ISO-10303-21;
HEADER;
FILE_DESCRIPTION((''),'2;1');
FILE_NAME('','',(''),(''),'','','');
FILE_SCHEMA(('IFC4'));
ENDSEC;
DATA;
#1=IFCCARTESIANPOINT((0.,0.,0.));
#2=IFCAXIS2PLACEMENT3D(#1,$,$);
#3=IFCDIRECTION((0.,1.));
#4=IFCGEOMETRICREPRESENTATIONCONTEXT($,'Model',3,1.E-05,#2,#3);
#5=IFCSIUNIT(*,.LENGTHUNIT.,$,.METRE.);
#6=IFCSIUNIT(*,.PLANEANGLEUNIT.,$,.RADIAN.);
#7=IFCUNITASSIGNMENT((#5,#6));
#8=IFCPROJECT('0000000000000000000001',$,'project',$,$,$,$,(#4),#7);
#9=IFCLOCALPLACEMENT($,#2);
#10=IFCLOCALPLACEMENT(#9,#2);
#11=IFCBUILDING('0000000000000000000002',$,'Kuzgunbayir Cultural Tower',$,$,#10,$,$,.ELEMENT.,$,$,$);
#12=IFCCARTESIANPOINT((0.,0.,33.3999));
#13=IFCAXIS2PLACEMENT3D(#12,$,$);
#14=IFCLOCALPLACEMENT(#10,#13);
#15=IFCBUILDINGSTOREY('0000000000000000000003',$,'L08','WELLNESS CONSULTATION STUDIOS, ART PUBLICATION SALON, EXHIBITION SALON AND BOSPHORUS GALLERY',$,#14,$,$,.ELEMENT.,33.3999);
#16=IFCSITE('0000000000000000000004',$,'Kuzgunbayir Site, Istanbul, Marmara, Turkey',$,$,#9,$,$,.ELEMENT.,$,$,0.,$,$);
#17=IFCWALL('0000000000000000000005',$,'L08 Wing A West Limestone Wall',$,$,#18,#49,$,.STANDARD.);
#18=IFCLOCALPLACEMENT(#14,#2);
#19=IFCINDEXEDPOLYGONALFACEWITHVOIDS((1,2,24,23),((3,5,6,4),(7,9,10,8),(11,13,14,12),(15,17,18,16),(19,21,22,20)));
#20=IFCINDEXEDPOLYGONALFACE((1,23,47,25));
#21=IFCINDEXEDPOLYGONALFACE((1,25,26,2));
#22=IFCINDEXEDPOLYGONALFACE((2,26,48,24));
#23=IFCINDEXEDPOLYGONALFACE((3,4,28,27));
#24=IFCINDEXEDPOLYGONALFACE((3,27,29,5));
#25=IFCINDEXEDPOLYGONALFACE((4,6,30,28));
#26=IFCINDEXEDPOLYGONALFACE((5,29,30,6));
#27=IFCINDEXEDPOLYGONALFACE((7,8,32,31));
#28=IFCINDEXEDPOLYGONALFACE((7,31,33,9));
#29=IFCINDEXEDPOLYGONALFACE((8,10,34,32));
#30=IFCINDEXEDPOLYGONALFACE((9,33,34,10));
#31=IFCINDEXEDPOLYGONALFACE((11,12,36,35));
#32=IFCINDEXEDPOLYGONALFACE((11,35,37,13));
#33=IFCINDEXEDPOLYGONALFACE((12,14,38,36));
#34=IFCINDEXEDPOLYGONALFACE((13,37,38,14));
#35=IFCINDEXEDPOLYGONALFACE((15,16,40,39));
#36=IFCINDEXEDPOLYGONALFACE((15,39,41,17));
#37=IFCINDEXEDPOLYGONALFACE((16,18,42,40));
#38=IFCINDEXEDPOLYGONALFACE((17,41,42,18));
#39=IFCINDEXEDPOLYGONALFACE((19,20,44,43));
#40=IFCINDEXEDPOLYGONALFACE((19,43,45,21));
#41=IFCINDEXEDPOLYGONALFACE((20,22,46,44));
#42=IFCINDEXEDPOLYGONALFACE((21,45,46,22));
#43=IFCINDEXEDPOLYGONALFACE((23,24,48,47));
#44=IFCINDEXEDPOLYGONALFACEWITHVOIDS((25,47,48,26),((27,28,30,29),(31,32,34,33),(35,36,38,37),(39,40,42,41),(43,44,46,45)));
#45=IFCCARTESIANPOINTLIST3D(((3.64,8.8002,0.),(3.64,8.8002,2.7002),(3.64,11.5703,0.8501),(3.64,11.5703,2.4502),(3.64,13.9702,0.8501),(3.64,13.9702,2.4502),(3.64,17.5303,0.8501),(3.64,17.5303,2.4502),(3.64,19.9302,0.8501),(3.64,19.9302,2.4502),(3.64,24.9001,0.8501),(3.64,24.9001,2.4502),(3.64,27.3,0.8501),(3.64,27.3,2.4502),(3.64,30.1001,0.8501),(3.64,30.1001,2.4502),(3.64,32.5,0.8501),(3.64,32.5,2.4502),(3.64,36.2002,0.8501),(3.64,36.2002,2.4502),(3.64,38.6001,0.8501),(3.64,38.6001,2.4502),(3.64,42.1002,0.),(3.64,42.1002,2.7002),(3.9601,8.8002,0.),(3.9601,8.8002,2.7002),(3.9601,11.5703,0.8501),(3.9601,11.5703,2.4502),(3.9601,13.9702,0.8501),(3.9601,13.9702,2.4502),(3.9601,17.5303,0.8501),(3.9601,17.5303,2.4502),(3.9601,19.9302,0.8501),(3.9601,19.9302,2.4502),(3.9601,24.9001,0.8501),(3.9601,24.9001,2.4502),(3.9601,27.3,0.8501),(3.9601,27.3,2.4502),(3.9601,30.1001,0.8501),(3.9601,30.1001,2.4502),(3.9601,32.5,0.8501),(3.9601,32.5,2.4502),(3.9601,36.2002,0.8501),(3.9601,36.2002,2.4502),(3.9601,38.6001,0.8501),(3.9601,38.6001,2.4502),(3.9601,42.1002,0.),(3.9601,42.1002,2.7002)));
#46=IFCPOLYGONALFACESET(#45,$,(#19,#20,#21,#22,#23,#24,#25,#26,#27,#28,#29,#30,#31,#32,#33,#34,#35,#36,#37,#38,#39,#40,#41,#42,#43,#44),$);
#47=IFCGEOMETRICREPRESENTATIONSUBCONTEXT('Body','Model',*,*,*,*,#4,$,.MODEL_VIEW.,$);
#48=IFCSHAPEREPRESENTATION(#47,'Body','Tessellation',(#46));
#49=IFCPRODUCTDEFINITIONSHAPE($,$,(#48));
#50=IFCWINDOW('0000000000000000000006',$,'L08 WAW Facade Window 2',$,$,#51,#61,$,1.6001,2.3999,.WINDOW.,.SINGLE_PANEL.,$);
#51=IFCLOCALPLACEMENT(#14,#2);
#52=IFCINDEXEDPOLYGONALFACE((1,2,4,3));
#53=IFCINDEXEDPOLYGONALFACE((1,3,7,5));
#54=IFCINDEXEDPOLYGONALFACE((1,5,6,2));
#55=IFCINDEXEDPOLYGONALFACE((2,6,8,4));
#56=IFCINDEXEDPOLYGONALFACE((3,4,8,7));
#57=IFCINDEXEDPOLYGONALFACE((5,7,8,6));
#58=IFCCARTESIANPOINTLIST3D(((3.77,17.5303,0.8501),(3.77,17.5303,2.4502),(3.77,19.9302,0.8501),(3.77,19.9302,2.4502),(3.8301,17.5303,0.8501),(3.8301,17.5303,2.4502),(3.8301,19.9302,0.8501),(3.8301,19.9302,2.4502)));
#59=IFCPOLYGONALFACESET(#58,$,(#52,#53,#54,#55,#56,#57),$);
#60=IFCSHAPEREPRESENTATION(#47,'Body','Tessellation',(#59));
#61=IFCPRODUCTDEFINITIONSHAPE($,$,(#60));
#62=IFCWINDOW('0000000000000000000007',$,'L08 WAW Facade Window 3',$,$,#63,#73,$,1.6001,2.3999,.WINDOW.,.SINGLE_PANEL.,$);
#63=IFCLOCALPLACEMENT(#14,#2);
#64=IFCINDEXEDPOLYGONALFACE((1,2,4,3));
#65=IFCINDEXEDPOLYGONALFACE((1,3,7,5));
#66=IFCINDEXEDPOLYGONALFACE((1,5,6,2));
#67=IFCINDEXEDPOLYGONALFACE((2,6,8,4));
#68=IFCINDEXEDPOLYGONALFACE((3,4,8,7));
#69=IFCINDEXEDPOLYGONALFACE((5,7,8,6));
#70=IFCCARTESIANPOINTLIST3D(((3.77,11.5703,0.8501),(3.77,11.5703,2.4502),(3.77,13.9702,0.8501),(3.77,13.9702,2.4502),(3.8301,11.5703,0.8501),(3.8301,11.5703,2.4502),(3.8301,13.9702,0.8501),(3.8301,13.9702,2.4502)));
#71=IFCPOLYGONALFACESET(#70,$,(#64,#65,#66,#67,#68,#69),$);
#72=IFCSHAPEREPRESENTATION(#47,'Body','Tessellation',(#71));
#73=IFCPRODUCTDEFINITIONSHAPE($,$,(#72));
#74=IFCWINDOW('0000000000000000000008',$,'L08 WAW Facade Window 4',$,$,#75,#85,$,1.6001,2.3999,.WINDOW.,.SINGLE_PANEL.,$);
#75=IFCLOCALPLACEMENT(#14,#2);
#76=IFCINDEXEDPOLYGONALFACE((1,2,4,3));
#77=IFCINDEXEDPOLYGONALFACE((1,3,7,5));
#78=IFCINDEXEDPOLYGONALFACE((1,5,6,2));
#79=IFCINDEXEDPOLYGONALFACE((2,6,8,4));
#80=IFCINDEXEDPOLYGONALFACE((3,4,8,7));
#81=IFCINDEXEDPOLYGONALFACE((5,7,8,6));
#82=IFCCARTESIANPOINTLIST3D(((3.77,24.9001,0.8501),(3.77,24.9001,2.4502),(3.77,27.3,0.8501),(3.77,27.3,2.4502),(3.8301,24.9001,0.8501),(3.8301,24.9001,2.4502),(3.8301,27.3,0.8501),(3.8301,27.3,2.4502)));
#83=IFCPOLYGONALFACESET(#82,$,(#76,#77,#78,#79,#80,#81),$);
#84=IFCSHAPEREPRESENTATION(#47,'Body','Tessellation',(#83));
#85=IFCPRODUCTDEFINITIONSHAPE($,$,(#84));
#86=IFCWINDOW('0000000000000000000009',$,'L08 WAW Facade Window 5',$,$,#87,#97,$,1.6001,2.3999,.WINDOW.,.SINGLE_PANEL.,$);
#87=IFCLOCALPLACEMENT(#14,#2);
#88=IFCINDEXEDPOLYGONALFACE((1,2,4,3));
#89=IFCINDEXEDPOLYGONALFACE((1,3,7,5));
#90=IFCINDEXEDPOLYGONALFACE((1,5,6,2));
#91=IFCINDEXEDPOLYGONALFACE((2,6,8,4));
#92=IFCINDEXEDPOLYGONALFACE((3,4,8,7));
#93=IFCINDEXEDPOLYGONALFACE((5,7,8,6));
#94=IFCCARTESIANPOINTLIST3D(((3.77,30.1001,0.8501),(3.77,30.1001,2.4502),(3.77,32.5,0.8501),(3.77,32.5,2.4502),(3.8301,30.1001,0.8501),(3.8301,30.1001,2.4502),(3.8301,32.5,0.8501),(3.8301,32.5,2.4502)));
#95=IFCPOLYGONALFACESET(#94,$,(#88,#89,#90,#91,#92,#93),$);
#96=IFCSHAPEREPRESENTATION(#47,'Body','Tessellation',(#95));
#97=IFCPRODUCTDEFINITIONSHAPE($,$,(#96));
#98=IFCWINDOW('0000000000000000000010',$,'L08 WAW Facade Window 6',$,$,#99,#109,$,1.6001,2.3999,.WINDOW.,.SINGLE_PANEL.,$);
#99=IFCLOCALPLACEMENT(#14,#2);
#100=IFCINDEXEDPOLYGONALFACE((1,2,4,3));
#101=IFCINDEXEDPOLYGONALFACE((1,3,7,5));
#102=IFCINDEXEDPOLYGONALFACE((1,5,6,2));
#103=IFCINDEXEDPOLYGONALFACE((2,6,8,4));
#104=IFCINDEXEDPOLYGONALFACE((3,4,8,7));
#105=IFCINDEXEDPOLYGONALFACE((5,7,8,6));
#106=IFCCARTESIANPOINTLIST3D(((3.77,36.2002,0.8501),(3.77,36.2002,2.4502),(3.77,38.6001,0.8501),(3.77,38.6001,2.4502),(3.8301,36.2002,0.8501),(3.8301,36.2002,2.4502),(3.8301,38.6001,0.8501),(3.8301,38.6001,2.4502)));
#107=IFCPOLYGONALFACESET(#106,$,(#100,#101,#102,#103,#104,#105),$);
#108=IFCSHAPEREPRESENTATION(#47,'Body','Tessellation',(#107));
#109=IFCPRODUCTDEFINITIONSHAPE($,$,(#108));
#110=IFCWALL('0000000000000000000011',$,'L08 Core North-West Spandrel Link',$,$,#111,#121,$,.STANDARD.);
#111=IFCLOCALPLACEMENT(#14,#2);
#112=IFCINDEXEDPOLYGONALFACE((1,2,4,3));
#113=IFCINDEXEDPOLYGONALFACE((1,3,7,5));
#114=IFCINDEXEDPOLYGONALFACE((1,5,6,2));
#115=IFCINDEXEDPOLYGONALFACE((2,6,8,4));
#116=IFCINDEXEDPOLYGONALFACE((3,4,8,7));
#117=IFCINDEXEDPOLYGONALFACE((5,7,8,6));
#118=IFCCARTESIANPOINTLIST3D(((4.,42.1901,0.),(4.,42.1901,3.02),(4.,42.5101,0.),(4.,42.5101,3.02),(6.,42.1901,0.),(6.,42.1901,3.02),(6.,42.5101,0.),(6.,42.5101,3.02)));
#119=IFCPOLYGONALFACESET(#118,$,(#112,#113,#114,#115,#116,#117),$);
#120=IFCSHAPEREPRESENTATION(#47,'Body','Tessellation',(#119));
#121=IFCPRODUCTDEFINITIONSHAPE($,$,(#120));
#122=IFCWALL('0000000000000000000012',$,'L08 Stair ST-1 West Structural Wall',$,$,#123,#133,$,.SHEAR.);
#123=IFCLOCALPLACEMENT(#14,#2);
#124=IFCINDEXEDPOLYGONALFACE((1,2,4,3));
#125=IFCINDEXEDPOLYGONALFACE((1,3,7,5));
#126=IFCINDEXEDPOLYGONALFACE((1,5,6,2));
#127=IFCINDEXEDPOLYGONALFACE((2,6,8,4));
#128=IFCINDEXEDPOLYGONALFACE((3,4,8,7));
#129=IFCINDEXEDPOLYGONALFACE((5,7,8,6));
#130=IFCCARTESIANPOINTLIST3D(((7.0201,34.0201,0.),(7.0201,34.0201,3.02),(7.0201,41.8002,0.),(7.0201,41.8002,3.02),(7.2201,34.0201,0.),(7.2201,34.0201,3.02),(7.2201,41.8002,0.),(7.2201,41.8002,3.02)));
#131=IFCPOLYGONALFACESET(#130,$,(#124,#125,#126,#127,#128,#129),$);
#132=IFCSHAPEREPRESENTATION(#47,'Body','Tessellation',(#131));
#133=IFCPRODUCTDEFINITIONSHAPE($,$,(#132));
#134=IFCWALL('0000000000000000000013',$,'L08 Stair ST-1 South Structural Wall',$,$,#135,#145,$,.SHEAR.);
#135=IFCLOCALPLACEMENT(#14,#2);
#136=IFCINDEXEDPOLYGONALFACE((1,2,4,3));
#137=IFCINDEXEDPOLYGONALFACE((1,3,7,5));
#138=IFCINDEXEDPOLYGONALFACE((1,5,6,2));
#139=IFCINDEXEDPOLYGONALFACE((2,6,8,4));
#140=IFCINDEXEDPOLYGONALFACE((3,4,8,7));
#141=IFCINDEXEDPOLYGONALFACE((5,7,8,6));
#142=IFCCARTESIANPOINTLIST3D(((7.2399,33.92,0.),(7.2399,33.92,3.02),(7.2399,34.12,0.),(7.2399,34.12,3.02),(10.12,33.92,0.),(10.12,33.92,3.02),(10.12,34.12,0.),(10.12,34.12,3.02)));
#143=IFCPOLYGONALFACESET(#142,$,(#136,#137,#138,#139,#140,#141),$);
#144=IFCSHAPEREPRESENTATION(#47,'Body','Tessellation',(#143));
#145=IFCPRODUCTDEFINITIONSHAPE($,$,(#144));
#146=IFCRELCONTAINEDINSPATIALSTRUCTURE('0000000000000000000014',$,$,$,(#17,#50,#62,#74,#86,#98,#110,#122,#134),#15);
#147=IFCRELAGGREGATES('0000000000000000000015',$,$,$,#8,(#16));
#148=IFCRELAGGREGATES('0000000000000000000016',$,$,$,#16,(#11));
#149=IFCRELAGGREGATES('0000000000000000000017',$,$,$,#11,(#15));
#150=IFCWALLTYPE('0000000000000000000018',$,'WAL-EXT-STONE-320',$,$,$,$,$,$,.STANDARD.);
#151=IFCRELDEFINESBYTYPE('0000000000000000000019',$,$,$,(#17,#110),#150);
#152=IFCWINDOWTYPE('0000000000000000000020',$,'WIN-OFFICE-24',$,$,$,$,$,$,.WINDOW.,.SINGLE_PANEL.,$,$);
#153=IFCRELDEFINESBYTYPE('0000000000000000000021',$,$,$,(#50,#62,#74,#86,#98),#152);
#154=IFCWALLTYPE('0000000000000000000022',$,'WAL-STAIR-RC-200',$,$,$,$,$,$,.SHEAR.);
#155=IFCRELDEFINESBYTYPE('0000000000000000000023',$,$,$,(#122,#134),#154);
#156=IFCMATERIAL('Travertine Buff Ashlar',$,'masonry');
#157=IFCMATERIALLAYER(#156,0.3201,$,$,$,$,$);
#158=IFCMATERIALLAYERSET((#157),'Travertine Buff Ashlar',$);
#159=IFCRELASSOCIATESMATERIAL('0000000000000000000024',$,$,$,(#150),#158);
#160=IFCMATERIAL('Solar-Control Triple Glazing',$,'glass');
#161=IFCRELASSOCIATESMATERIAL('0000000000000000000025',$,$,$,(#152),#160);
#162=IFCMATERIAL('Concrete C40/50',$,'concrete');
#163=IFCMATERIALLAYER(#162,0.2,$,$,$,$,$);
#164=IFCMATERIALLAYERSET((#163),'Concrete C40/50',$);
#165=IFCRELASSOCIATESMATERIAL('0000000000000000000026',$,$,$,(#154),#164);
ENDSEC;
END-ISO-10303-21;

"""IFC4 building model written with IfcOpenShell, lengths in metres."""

from ifc_helpers import new_model, si_unit, direction, frame, frame_2d, origin, place, context, subcontext, project, spatial, rectangle, extrude, material, layer, layer_set, type_object, element, fill, save


model = new_model("IFC4")

# Units and contexts
model_context = context("Model", 3, precision=1e-05, world=origin(), true_north=direction((0.0, 1.0)))
body_context = subcontext(model_context, "Body", "Model", "MODEL_VIEW")
ifc_project = project(units=[si_unit("LENGTHUNIT", "METRE"), si_unit("PLANEANGLEUNIT", "RADIAN")], contexts=[model_context])

# Site, building, storey
site_placement = place(None, origin())
site = spatial("IfcSite", under=ifc_project, at=site_placement, Name="Kuzgunbayir Site, Istanbul, Marmara, Turkey", CompositionType="ELEMENT", RefElevation=0.0)
building_placement = place(site_placement, origin())
building = spatial("IfcBuilding", under=site, at=building_placement, Name="Kuzgunbayir Cultural Tower", CompositionType="ELEMENT")
storey_placement = place(building_placement, frame((0.0, 0.0, 33.3999)))
storey = spatial("IfcBuildingStorey", under=building, at=storey_placement, Name="L08", Description="WELLNESS CONSULTATION STUDIOS, ART PUBLICATION SALON, EXHIBITION SALON AND BOSPHORUS GALLERY", CompositionType="ELEMENT", Elevation=33.3999)

# Wall, openings, windows
ifc_material_1 = material(Name="Travertine Buff Ashlar", Category="masonry")
ifc_layer_1 = layer(ifc_material_1, 0.3201)
ifc_layer_set_1 = layer_set([ifc_layer_1], Name="Travertine Buff Ashlar")
wall_type_1 = type_object("IfcWallType", Name="WAL-EXT-STONE-320", PredefinedType="STANDARD", material=ifc_layer_set_1)
wall_1_placement = place(storey_placement, frame((3.8, 42.1001, 0.0), z_axis=(0.0, 0.0, 1.0), x_axis=(0.0, -1.0, 0.0)))
wall_1 = element("IfcWall", 1, at=wall_1_placement, inside=storey, type_object=wall_type_1, Name="L08 Wing A West Limestone Wall", PredefinedType="STANDARD", context=body_context, shape_type="SweptSolid", body=[
    extrude(rectangle(XDim=33.3, YDim=0.3201, at=frame_2d((16.6499, 0.0))), origin(), (0.0, 0.0, 1.0), 2.7002),
])
opening_1_placement = place(wall_1_placement, frame((22.1699, 0.0, 0.8501)))
opening_1 = element("IfcOpeningElement", 2, at=opening_1_placement, cuts=wall_1, PredefinedType="OPENING", context=body_context, shape_type="SweptSolid", body=[
    extrude(rectangle(XDim=2.3999, YDim=1.6001, at=frame_2d((1.2, 0.8))), frame((0.0, 0.1699, 0.0), z_axis=(0.0, -1.0, 0.0), x_axis=(1.0, 0.0, 0.0)), (0.0, 0.0, 1.0), 0.3401),
])
opening_2_placement = place(wall_1_placement, frame((28.1299, 0.0, 0.8501)))
opening_2 = element("IfcOpeningElement", 3, at=opening_2_placement, cuts=wall_1, PredefinedType="OPENING", context=body_context, shape_type="SweptSolid", body=[
    extrude(rectangle(XDim=2.3999, YDim=1.6001, at=frame_2d((1.2, 0.8))), frame((0.0, 0.1699, 0.0), z_axis=(0.0, -1.0, 0.0), x_axis=(1.0, 0.0, 0.0)), (0.0, 0.0, 1.0), 0.3401),
])
opening_3_placement = place(wall_1_placement, frame((14.8, 0.0, 0.8501)))
opening_3 = element("IfcOpeningElement", 4, at=opening_3_placement, cuts=wall_1, PredefinedType="OPENING", context=body_context, shape_type="SweptSolid", body=[
    extrude(rectangle(XDim=2.3999, YDim=1.6001, at=frame_2d((1.2, 0.8))), frame((0.0, 0.1699, 0.0), z_axis=(0.0, -1.0, 0.0), x_axis=(1.0, 0.0, 0.0)), (0.0, 0.0, 1.0), 0.3401),
])
opening_4_placement = place(wall_1_placement, frame((9.6001, 0.0, 0.8501)))
opening_4 = element("IfcOpeningElement", 5, at=opening_4_placement, cuts=wall_1, PredefinedType="OPENING", context=body_context, shape_type="SweptSolid", body=[
    extrude(rectangle(XDim=2.3999, YDim=1.6001, at=frame_2d((1.2, 0.8))), frame((0.0, 0.1699, 0.0), z_axis=(0.0, -1.0, 0.0), x_axis=(1.0, 0.0, 0.0)), (0.0, 0.0, 1.0), 0.3401),
])
opening_5_placement = place(wall_1_placement, frame((3.5, 0.0, 0.8501)))
opening_5 = element("IfcOpeningElement", 6, at=opening_5_placement, cuts=wall_1, PredefinedType="OPENING", context=body_context, shape_type="SweptSolid", body=[
    extrude(rectangle(XDim=2.3999, YDim=1.6001, at=frame_2d((1.2, 0.8))), frame((0.0, 0.1699, 0.0), z_axis=(0.0, -1.0, 0.0), x_axis=(1.0, 0.0, 0.0)), (0.0, 0.0, 1.0), 0.3401),
])
ifc_material_2 = material(Name="Solar-Control Triple Glazing", Category="glass")
window_type = type_object("IfcWindowType", Name="WIN-OFFICE-24", PartitioningType="SINGLE_PANEL", PredefinedType="WINDOW", material=ifc_material_2)
window_1_placement = place(opening_1_placement, origin())
window_1 = element("IfcWindow", 7, at=window_1_placement, inside=storey, type_object=window_type, Name="L08 WAW Facade Window 2", OverallHeight=1.6001, OverallWidth=2.3999, PartitioningType="SINGLE_PANEL", PredefinedType="WINDOW", context=body_context, shape_type="SweptSolid", body=[
    extrude(rectangle(XDim=2.3999, YDim=1.6001, at=frame_2d((1.2, 0.8))), frame((0.0, 0.03, 0.0), z_axis=(0.0, -1.0, 0.0), x_axis=(1.0, 0.0, 0.0)), (0.0, 0.0, 1.0), 0.0601),
])
fill(opening_1, window_1)
window_2_placement = place(opening_2_placement, origin())
window_2 = element("IfcWindow", 8, at=window_2_placement, inside=storey, type_object=window_type, Name="L08 WAW Facade Window 3", OverallHeight=1.6001, OverallWidth=2.3999, PartitioningType="SINGLE_PANEL", PredefinedType="WINDOW", context=body_context, shape_type="SweptSolid", body=[
    extrude(rectangle(XDim=2.3999, YDim=1.6001, at=frame_2d((1.2, 0.8))), frame((0.0, 0.03, 0.0), z_axis=(0.0, -1.0, 0.0), x_axis=(1.0, 0.0, 0.0)), (0.0, 0.0, 1.0), 0.0601),
])
fill(opening_2, window_2)
window_3_placement = place(opening_3_placement, origin())
window_3 = element("IfcWindow", 9, at=window_3_placement, inside=storey, type_object=window_type, Name="L08 WAW Facade Window 4", OverallHeight=1.6001, OverallWidth=2.3999, PartitioningType="SINGLE_PANEL", PredefinedType="WINDOW", context=body_context, shape_type="SweptSolid", body=[
    extrude(rectangle(XDim=2.3999, YDim=1.6001, at=frame_2d((1.2, 0.8))), frame((0.0, 0.03, 0.0), z_axis=(0.0, -1.0, 0.0), x_axis=(1.0, 0.0, 0.0)), (0.0, 0.0, 1.0), 0.0601),
])
fill(opening_3, window_3)
window_4_placement = place(opening_4_placement, origin())
window_4 = element("IfcWindow", 10, at=window_4_placement, inside=storey, type_object=window_type, Name="L08 WAW Facade Window 5", OverallHeight=1.6001, OverallWidth=2.3999, PartitioningType="SINGLE_PANEL", PredefinedType="WINDOW", context=body_context, shape_type="SweptSolid", body=[
    extrude(rectangle(XDim=2.3999, YDim=1.6001, at=frame_2d((1.2, 0.8))), frame((0.0, 0.03, 0.0), z_axis=(0.0, -1.0, 0.0), x_axis=(1.0, 0.0, 0.0)), (0.0, 0.0, 1.0), 0.0601),
])
fill(opening_4, window_4)
window_5_placement = place(opening_5_placement, origin())
window_5 = element("IfcWindow", 11, at=window_5_placement, inside=storey, type_object=window_type, Name="L08 WAW Facade Window 6", OverallHeight=1.6001, OverallWidth=2.3999, PartitioningType="SINGLE_PANEL", PredefinedType="WINDOW", context=body_context, shape_type="SweptSolid", body=[
    extrude(rectangle(XDim=2.3999, YDim=1.6001, at=frame_2d((1.2, 0.8))), frame((0.0, 0.03, 0.0), z_axis=(0.0, -1.0, 0.0), x_axis=(1.0, 0.0, 0.0)), (0.0, 0.0, 1.0), 0.0601),
])
fill(opening_5, window_5)

# Wall
wall_2_placement = place(storey_placement, frame((6.0, 42.3501, 0.0), z_axis=(0.0, 0.0, 1.0), x_axis=(-1.0, 0.0, 0.0)))
element("IfcWall", 12, at=wall_2_placement, inside=storey, type_object=wall_type_1, Name="L08 Core North-West Spandrel Link", PredefinedType="STANDARD", context=body_context, shape_type="SweptSolid", body=[
    extrude(rectangle(XDim=2.0, YDim=0.3201, at=frame_2d((1.0, 0.0))), origin(), (0.0, 0.0, 1.0), 3.02),
])

# Walls
ifc_material_3 = material(Name="Concrete C40/50", Category="concrete")
ifc_layer_2 = layer(ifc_material_3, 0.2)
ifc_layer_set_2 = layer_set([ifc_layer_2], Name="Concrete C40/50")
wall_type_2 = type_object("IfcWallType", Name="WAL-STAIR-RC-200", PredefinedType="SHEAR", material=ifc_layer_set_2)
wall_3_placement = place(storey_placement, frame((7.1201, 34.02, 0.0), z_axis=(0.0, 0.0, 1.0), x_axis=(0.0, 1.0, 0.0)))
element("IfcWall", 13, at=wall_3_placement, inside=storey, type_object=wall_type_2, Name="L08 Stair ST-1 West Structural Wall", PredefinedType="SHEAR", context=body_context, shape_type="SweptSolid", body=[
    extrude(rectangle(XDim=7.78, YDim=0.2, at=frame_2d((3.8901, 0.0))), origin(), (0.0, 0.0, 1.0), 3.02),
])
wall_4_placement = place(storey_placement, frame((7.24, 34.02, 0.0), z_axis=(0.0, 0.0, 1.0), x_axis=(1.0, 0.0, 0.0)))
element("IfcWall", 14, at=wall_4_placement, inside=storey, type_object=wall_type_2, Name="L08 Stair ST-1 South Structural Wall", PredefinedType="SHEAR", context=body_context, shape_type="SweptSolid", body=[
    extrude(rectangle(XDim=2.8801, YDim=0.2, at=frame_2d((1.4399, 0.0))), origin(), (0.0, 0.0, 1.0), 3.02),
])

save(model, "model.ifc")
